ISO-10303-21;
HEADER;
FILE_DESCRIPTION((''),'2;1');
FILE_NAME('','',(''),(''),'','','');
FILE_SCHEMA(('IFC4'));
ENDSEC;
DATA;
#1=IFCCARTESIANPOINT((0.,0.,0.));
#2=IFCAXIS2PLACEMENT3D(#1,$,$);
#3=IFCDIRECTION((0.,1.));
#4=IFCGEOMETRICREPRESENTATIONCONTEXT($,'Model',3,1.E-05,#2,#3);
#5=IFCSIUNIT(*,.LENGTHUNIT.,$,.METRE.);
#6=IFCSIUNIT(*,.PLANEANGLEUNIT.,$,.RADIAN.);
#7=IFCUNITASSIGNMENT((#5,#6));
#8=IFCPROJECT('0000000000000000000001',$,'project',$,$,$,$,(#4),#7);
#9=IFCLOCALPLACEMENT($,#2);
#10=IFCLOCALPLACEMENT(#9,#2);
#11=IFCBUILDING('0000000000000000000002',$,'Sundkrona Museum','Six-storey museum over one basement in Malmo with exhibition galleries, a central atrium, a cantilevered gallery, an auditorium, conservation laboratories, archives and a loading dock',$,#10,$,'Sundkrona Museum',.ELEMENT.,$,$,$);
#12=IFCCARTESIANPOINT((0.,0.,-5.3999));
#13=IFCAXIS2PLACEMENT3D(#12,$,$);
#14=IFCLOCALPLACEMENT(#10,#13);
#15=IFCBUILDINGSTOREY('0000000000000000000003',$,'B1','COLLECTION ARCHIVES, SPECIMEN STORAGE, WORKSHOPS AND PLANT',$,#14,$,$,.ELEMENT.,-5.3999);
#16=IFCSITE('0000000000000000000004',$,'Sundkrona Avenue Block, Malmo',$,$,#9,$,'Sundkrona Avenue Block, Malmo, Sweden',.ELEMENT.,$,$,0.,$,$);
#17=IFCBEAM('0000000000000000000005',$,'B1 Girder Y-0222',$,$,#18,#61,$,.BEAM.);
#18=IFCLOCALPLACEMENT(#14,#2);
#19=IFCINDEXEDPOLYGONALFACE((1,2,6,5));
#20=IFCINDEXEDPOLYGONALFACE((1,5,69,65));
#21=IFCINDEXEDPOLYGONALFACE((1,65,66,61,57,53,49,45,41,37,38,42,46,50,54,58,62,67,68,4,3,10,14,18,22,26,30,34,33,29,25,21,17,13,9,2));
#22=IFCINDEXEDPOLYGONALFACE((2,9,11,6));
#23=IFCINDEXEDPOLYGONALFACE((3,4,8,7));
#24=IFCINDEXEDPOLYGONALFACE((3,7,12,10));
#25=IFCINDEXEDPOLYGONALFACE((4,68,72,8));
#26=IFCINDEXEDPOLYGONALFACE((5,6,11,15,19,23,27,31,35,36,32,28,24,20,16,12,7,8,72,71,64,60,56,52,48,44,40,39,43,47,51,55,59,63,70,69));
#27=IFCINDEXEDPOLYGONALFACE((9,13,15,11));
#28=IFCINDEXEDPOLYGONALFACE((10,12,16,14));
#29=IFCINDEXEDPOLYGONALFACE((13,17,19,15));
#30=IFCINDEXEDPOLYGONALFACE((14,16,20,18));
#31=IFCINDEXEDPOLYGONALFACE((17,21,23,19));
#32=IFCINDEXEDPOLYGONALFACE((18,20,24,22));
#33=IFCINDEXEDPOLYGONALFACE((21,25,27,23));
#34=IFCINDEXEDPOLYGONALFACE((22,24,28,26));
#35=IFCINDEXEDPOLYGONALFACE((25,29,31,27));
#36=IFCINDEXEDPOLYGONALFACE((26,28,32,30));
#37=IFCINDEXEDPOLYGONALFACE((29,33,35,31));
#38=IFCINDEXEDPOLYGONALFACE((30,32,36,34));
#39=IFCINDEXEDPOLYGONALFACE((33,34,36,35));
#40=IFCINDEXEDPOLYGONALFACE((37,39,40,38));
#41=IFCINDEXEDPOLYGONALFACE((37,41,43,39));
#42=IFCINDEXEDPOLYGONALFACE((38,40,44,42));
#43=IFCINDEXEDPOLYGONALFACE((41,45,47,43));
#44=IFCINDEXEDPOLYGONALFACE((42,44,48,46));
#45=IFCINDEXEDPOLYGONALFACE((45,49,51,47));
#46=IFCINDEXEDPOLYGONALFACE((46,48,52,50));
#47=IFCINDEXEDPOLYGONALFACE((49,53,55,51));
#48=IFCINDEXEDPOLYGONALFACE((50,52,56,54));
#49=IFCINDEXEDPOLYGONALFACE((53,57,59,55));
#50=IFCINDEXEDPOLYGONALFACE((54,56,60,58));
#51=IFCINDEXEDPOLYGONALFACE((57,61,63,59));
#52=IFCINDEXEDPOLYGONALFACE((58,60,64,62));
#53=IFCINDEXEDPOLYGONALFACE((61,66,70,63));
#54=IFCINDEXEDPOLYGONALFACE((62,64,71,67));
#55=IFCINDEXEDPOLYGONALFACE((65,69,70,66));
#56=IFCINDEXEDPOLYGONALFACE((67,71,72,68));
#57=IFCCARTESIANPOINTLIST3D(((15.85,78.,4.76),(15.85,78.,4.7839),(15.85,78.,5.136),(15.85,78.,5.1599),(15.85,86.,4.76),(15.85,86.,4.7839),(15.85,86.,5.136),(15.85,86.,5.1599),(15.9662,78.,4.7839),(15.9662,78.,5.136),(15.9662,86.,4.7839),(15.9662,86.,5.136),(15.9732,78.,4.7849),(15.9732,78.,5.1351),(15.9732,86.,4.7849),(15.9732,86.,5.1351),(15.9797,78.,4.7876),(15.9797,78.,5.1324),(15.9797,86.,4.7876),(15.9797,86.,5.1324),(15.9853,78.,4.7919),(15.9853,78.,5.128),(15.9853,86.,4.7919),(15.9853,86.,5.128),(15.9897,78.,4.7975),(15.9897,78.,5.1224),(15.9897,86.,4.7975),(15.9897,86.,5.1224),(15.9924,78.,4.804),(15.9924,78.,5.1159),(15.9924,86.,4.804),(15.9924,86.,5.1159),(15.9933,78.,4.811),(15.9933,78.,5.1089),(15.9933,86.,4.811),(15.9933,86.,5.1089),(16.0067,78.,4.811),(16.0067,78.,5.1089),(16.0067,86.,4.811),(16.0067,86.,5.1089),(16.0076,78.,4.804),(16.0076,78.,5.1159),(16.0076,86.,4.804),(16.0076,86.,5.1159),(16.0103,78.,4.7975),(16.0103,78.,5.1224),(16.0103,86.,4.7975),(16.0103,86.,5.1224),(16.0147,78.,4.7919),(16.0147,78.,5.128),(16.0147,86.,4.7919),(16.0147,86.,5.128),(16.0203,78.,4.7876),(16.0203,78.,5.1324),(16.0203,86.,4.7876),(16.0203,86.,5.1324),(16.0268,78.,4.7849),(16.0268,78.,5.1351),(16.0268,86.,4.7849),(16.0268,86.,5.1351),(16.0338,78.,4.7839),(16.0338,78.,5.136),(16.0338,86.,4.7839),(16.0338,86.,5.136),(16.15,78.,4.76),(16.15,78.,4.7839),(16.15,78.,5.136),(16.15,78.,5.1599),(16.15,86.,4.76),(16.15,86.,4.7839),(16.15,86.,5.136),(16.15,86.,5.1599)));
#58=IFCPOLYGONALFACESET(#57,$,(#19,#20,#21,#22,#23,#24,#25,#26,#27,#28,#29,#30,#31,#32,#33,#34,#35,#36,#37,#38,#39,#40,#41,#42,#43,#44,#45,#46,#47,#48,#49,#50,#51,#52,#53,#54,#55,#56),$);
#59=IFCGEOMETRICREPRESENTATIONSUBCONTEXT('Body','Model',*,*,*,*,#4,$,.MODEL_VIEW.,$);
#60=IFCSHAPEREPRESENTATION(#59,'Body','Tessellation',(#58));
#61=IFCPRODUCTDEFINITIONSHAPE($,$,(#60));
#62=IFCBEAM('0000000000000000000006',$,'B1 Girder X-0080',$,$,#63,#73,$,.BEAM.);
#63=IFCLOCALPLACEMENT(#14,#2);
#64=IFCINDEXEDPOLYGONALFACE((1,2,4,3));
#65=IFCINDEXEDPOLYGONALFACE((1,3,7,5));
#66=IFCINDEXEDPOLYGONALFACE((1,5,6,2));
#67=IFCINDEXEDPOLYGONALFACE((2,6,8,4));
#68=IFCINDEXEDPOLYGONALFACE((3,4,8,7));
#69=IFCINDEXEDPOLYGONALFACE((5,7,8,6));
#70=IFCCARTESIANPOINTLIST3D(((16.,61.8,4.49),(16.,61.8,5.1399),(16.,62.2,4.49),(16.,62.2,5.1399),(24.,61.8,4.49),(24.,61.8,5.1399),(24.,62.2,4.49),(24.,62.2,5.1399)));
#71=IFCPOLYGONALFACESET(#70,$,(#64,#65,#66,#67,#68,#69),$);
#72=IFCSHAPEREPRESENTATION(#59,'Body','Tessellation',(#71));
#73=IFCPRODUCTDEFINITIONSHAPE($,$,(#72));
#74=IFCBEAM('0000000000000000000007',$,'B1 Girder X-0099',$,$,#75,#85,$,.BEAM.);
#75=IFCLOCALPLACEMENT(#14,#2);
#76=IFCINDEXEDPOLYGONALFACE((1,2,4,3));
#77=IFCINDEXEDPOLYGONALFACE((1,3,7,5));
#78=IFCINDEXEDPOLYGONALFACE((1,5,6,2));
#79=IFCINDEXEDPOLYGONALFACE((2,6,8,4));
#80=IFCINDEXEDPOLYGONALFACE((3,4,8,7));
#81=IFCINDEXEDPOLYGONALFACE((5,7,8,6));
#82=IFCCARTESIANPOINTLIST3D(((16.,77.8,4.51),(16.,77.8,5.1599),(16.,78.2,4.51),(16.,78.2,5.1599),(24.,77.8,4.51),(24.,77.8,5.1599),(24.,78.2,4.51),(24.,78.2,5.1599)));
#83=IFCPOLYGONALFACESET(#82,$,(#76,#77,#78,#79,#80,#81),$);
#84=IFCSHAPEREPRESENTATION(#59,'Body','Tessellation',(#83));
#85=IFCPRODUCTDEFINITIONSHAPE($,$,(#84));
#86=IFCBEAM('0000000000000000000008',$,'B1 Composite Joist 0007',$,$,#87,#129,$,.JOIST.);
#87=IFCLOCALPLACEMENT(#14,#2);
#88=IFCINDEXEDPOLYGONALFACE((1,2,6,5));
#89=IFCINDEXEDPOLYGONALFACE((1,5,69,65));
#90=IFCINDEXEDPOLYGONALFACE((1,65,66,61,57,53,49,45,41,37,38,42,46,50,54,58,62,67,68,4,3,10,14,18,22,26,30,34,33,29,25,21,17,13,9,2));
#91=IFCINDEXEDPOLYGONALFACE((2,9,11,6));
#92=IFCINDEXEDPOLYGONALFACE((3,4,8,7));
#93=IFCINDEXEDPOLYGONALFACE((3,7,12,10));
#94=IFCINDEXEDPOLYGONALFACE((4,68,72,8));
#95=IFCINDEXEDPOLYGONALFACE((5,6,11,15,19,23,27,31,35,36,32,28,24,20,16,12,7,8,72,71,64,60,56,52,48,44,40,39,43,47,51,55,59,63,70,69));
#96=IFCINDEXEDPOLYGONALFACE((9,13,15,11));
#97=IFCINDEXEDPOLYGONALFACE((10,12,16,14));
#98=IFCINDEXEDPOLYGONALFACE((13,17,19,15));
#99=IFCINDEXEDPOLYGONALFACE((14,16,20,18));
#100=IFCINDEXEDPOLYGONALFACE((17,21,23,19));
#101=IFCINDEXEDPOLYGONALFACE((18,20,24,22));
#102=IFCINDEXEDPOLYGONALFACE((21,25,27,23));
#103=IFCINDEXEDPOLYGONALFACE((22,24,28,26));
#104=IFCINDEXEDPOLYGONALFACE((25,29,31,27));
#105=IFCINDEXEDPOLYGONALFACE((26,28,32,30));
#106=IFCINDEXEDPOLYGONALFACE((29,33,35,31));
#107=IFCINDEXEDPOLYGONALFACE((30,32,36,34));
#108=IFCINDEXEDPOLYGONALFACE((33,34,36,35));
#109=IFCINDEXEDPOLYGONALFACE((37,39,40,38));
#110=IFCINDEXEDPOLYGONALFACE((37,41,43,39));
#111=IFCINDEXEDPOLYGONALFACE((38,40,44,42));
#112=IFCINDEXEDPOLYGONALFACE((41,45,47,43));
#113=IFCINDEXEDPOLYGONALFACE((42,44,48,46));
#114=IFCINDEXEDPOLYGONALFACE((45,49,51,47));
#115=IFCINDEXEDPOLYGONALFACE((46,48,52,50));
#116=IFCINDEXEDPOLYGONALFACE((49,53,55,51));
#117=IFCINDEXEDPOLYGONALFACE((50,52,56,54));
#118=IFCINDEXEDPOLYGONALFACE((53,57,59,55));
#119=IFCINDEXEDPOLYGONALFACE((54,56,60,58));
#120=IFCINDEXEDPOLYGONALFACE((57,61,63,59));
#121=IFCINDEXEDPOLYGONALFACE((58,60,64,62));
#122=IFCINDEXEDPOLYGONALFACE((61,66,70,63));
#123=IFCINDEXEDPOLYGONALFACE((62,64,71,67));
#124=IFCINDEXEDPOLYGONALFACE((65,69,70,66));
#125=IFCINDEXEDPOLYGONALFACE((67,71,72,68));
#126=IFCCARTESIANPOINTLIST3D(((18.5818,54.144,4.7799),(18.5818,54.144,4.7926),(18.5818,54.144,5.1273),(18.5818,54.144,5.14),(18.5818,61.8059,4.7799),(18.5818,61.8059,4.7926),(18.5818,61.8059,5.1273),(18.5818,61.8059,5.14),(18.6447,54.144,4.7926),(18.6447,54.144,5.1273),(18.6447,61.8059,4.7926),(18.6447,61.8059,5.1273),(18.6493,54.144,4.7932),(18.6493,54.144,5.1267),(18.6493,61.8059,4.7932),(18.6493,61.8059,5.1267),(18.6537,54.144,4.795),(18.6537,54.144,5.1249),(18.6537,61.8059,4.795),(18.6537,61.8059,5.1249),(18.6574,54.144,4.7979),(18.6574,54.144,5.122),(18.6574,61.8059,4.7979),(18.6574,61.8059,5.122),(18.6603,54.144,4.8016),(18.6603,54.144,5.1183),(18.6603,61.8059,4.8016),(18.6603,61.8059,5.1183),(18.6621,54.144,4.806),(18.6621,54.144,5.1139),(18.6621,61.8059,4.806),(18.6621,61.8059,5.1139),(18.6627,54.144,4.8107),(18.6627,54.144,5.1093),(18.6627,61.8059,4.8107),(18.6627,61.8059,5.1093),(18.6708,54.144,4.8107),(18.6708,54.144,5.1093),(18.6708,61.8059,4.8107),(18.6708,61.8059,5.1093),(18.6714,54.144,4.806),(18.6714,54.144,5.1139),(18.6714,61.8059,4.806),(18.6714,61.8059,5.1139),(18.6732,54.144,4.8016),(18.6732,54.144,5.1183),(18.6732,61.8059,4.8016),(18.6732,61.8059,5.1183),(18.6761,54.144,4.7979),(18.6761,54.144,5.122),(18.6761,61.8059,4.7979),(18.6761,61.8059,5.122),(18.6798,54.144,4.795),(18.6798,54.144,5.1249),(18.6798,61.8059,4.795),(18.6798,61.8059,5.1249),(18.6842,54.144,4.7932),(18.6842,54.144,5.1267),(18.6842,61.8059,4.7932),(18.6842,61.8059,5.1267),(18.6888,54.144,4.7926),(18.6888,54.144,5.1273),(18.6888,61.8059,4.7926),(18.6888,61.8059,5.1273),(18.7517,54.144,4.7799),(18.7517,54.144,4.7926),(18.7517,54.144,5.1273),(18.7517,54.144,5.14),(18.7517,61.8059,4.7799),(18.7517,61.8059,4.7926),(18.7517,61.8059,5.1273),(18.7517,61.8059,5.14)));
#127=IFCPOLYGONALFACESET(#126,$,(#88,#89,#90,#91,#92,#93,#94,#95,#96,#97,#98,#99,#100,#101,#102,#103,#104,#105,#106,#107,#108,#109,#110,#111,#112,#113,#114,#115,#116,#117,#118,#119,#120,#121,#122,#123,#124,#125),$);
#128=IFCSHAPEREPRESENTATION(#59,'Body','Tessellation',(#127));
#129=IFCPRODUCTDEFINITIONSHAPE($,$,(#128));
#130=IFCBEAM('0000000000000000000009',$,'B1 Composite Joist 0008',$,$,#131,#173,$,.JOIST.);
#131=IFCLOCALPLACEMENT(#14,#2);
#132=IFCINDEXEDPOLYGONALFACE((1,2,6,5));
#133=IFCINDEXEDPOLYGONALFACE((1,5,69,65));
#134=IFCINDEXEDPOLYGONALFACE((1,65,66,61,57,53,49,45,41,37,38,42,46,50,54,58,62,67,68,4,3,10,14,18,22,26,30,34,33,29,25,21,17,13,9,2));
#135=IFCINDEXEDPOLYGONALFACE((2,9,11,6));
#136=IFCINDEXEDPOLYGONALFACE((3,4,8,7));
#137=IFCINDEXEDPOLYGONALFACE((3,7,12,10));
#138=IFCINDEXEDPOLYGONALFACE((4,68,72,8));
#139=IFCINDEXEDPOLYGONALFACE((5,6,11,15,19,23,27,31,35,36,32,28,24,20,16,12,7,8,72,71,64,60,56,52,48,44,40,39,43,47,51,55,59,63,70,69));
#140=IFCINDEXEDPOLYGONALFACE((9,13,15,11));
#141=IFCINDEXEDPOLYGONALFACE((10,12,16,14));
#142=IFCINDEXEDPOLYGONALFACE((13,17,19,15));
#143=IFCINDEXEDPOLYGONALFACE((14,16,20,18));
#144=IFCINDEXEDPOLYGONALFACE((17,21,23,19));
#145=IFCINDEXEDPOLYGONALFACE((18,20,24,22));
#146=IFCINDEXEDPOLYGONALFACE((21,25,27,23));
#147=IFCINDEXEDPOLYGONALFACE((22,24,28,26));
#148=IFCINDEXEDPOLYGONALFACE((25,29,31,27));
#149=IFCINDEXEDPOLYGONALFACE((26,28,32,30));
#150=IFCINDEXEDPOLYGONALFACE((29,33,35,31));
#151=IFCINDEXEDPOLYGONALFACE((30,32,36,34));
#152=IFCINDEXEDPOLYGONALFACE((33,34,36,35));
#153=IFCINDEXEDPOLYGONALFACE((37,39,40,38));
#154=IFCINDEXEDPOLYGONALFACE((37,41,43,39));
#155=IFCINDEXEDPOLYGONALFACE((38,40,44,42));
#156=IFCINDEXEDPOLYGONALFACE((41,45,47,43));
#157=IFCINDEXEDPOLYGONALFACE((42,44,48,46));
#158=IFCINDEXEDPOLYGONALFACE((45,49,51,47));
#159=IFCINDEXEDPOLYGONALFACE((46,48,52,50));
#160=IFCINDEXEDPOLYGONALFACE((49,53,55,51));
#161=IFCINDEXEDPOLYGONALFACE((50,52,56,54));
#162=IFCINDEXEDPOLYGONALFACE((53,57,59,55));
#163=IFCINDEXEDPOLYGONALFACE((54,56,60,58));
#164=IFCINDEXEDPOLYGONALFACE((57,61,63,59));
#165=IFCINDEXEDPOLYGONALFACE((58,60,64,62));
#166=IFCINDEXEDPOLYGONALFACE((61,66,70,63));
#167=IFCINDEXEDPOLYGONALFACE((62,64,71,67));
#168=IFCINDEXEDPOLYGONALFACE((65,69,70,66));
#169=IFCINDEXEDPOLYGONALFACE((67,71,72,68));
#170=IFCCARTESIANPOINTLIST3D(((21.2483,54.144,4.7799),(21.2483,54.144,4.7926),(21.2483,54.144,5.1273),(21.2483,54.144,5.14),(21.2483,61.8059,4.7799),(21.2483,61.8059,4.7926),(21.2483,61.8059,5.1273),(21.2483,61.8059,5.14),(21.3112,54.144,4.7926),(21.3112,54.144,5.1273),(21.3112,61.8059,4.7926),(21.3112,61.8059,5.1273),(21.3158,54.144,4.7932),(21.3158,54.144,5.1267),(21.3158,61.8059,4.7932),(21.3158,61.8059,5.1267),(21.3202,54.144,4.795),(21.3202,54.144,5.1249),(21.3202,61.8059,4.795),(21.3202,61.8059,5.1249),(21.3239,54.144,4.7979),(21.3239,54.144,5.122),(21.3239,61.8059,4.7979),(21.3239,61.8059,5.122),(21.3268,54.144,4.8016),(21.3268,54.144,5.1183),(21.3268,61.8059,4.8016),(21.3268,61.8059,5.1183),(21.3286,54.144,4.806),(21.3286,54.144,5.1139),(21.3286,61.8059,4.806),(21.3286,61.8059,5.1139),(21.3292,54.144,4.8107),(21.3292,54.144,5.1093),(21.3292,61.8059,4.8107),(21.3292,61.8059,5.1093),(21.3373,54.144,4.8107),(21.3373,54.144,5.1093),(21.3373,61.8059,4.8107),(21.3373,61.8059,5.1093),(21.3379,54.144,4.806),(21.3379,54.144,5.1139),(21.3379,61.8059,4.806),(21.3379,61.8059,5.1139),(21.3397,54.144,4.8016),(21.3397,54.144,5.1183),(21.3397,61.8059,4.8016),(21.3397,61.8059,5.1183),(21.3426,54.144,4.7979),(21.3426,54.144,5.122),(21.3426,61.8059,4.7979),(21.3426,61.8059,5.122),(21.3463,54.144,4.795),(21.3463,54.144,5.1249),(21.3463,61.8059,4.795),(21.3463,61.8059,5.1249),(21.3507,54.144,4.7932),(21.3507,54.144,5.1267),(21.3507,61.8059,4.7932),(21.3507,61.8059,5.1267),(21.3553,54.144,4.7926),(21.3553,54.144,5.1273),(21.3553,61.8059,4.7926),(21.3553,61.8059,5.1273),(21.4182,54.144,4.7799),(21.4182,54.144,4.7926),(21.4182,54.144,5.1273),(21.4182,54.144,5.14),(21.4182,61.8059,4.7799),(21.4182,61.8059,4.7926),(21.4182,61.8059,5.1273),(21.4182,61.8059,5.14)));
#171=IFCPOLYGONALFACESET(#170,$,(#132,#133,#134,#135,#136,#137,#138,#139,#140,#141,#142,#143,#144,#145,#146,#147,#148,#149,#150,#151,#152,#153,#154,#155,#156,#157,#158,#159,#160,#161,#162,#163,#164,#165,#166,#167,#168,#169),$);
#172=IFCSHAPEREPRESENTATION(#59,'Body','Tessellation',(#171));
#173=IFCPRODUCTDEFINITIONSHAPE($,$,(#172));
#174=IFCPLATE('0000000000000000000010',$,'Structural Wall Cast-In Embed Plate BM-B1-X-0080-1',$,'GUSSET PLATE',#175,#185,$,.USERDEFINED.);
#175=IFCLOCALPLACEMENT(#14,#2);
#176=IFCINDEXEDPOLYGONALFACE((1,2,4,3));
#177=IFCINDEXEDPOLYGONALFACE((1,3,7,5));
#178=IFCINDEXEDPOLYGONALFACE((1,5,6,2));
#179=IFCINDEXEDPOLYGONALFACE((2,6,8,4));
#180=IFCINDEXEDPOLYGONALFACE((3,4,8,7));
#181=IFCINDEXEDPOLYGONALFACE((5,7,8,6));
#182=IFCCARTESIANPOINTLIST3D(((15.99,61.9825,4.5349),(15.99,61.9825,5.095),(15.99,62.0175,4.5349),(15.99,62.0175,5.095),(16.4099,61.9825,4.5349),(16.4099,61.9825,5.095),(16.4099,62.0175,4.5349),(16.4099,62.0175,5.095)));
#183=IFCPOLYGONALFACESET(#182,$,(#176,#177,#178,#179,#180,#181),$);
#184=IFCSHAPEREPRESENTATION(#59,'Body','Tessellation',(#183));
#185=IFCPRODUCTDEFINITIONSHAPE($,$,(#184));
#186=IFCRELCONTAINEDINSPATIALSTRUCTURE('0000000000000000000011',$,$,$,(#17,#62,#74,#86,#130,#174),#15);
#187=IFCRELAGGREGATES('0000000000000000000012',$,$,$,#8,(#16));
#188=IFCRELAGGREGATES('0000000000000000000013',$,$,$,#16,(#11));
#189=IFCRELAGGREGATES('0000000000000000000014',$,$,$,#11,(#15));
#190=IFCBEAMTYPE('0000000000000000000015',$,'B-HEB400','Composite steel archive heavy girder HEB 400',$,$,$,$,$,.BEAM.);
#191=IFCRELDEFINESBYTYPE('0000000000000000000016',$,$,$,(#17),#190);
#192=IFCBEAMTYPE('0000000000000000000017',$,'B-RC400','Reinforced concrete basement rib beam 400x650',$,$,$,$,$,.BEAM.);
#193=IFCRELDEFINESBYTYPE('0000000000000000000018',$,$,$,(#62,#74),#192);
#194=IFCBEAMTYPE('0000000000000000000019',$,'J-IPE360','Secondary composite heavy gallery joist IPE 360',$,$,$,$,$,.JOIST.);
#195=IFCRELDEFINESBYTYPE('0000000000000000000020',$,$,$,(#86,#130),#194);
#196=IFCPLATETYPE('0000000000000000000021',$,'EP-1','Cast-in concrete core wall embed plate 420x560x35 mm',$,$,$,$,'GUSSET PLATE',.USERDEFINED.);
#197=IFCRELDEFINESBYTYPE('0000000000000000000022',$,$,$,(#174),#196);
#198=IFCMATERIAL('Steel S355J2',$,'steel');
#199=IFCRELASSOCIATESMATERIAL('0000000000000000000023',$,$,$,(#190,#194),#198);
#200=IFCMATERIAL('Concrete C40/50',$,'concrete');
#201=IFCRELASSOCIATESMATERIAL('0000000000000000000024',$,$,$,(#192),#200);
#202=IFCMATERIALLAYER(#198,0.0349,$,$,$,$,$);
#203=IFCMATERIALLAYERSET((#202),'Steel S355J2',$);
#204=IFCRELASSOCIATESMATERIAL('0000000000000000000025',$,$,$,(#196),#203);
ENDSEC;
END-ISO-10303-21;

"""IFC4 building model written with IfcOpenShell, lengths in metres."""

from ifc_helpers import new_model, si_unit, direction, frame, origin, origin_2d, place, context, subcontext, project, spatial, rectangle, i_section, extrude, material, layer, layer_set, material_profile, profile_set, type_object, element, save


model = new_model("IFC4")

# Units and contexts
model_context = context("Model", 3, precision=1e-05, world=origin(), true_north=direction((0.0, 1.0)))
body_context = subcontext(model_context, "Body", "Model", "MODEL_VIEW")
ifc_project = project(units=[si_unit("LENGTHUNIT", "METRE"), si_unit("PLANEANGLEUNIT", "RADIAN")], contexts=[model_context])

# Site, building, storey
site_placement = place(None, origin())
site = spatial("IfcSite", under=ifc_project, at=site_placement, Name="Sundkrona Avenue Block, Malmo", LongName="Sundkrona Avenue Block, Malmo, Sweden", CompositionType="ELEMENT", RefElevation=0.0)
building_placement = place(site_placement, origin())
building = spatial("IfcBuilding", under=site, at=building_placement, Name="Sundkrona Museum", Description="Six-storey museum over one basement in Malmo with exhibition galleries, a central atrium, a cantilevered gallery, an auditorium, conservation laboratories, archives and a loading dock", LongName="Sundkrona Museum", CompositionType="ELEMENT")
storey_placement = place(building_placement, frame((0.0, 0.0, -5.3999)))
storey = spatial("IfcBuildingStorey", under=building, at=storey_placement, Name="B1", Description="COLLECTION ARCHIVES, SPECIMEN STORAGE, WORKSHOPS AND PLANT", CompositionType="ELEMENT", Elevation=-5.3999)

# Shared definitions
ifc_material_1 = material(Name="Concrete C40/50", Category="concrete")

# Beams
ifc_material_2 = material(Name="Steel S355J2", Category="steel")
ifc_material_profile_1 = material_profile(ifc_material_2, i_section(OverallWidth=0.3, OverallDepth=0.3999, WebThickness=0.0134, FlangeThickness=0.0239, FilletRadius=0.0271, at=origin_2d()), Name="HEB 400")
ifc_profile_set_1 = profile_set([ifc_material_profile_1], Name="Steel S355J2")
beam_type_1 = type_object("IfcBeamType", Name="B-HEB400", Description="Composite steel archive heavy girder HEB 400", PredefinedType="BEAM", material=ifc_profile_set_1)
beam_placement = place(storey_placement, frame((16.0, 78.0, 4.96), z_axis=(0.0, 1.0, 0.0), x_axis=(-1.0, 0.0, 0.0)))
element("IfcBeam", 1, at=beam_placement, inside=storey, type_object=beam_type_1, Name="B1 Girder Y-0222", PredefinedType="BEAM", context=body_context, shape_type="SweptSolid", body=[
    extrude(i_section(OverallWidth=0.3, OverallDepth=0.3999, WebThickness=0.0134, FlangeThickness=0.0239, FilletRadius=0.0271, at=origin_2d()), origin(), (0.0, 0.0, 1.0), 8.0),
])
ifc_material_profile_2 = material_profile(ifc_material_1, rectangle(XDim=0.3999, YDim=0.6499, at=origin_2d()), Name="RCB 400x650")
ifc_profile_set_2 = profile_set([ifc_material_profile_2], Name="Concrete C40/50")
beam_type_2 = type_object("IfcBeamType", Name="B-RC400", Description="Reinforced concrete basement rib beam 400x650", PredefinedType="BEAM", material=ifc_profile_set_2)
for number, where, z_axis, x_axis, name in (
    (2, (16.0, 62.0, 4.8149), (1.0, 0.0, 0.0), (0.0, 1.0, 0.0), "B1 Girder X-0080"),
    (3, (16.0, 78.0, 4.835), (1.0, 0.0, 0.0), (0.0, 1.0, 0.0), "B1 Girder X-0099"),
):
    element("IfcBeam", number, at=place(storey_placement, frame(where, z_axis=z_axis, x_axis=x_axis)), inside=storey, type_object=beam_type_2, Name=name, PredefinedType="BEAM", context=body_context, shape_type="SweptSolid", body=[
        extrude(rectangle(XDim=0.3999, YDim=0.6499, at=origin_2d()), origin(), (0.0, 0.0, 1.0), 8.0),
    ])
ifc_material_profile_3 = material_profile(ifc_material_2, i_section(OverallWidth=0.1699, OverallDepth=0.3601, WebThickness=0.0081, FlangeThickness=0.0127, FilletRadius=0.0181, at=origin_2d()), Name="IPE 360")
ifc_profile_set_3 = profile_set([ifc_material_profile_3], Name="Steel S355J2")
beam_type_3 = type_object("IfcBeamType", Name="J-IPE360", Description="Secondary composite heavy gallery joist IPE 360", PredefinedType="JOIST", material=ifc_profile_set_3)
for number, where, z_axis, x_axis, name in (
    (4, (18.6667, 54.144, 4.96), (0.0, 1.0, 0.0), (-1.0, 0.0, 0.0), "B1 Composite Joist 0007"),
    (5, (21.3333, 54.144, 4.96), (0.0, 1.0, 0.0), (-1.0, 0.0, 0.0), "B1 Composite Joist 0008"),
):
    element("IfcBeam", number, at=place(storey_placement, frame(where, z_axis=z_axis, x_axis=x_axis)), inside=storey, type_object=beam_type_3, Name=name, PredefinedType="JOIST", context=body_context, shape_type="SweptSolid", body=[
        extrude(i_section(OverallWidth=0.1699, OverallDepth=0.3601, WebThickness=0.0081, FlangeThickness=0.0127, FilletRadius=0.0181, at=origin_2d()), origin(), (0.0, 0.0, 1.0), 7.6619),
    ])

# Plate
ifc_layer = layer(ifc_material_2, 0.0349)
ifc_layer_set = layer_set([ifc_layer], Name="Steel S355J2")
plate_type = type_object("IfcPlateType", Name="EP-1", Description="Cast-in concrete core wall embed plate 420x560x35 mm", ElementType="GUSSET PLATE", PredefinedType="USERDEFINED", material=ifc_layer_set)
plate_placement = place(storey_placement, frame((16.2, 62.0, 4.5349), z_axis=(0.0, 0.0, 1.0), x_axis=(1.0, 0.0, 0.0)))
element("IfcPlate", 6, at=plate_placement, inside=storey, type_object=plate_type, Name="Structural Wall Cast-In Embed Plate BM-B1-X-0080-1", ObjectType="GUSSET PLATE", PredefinedType="USERDEFINED", context=body_context, shape_type="SweptSolid", body=[
    extrude(rectangle(XDim=0.4199, YDim=0.0349, at=origin_2d()), origin(), (0.0, 0.0, 1.0), 0.5601),
])

save(model, "model.ifc")
